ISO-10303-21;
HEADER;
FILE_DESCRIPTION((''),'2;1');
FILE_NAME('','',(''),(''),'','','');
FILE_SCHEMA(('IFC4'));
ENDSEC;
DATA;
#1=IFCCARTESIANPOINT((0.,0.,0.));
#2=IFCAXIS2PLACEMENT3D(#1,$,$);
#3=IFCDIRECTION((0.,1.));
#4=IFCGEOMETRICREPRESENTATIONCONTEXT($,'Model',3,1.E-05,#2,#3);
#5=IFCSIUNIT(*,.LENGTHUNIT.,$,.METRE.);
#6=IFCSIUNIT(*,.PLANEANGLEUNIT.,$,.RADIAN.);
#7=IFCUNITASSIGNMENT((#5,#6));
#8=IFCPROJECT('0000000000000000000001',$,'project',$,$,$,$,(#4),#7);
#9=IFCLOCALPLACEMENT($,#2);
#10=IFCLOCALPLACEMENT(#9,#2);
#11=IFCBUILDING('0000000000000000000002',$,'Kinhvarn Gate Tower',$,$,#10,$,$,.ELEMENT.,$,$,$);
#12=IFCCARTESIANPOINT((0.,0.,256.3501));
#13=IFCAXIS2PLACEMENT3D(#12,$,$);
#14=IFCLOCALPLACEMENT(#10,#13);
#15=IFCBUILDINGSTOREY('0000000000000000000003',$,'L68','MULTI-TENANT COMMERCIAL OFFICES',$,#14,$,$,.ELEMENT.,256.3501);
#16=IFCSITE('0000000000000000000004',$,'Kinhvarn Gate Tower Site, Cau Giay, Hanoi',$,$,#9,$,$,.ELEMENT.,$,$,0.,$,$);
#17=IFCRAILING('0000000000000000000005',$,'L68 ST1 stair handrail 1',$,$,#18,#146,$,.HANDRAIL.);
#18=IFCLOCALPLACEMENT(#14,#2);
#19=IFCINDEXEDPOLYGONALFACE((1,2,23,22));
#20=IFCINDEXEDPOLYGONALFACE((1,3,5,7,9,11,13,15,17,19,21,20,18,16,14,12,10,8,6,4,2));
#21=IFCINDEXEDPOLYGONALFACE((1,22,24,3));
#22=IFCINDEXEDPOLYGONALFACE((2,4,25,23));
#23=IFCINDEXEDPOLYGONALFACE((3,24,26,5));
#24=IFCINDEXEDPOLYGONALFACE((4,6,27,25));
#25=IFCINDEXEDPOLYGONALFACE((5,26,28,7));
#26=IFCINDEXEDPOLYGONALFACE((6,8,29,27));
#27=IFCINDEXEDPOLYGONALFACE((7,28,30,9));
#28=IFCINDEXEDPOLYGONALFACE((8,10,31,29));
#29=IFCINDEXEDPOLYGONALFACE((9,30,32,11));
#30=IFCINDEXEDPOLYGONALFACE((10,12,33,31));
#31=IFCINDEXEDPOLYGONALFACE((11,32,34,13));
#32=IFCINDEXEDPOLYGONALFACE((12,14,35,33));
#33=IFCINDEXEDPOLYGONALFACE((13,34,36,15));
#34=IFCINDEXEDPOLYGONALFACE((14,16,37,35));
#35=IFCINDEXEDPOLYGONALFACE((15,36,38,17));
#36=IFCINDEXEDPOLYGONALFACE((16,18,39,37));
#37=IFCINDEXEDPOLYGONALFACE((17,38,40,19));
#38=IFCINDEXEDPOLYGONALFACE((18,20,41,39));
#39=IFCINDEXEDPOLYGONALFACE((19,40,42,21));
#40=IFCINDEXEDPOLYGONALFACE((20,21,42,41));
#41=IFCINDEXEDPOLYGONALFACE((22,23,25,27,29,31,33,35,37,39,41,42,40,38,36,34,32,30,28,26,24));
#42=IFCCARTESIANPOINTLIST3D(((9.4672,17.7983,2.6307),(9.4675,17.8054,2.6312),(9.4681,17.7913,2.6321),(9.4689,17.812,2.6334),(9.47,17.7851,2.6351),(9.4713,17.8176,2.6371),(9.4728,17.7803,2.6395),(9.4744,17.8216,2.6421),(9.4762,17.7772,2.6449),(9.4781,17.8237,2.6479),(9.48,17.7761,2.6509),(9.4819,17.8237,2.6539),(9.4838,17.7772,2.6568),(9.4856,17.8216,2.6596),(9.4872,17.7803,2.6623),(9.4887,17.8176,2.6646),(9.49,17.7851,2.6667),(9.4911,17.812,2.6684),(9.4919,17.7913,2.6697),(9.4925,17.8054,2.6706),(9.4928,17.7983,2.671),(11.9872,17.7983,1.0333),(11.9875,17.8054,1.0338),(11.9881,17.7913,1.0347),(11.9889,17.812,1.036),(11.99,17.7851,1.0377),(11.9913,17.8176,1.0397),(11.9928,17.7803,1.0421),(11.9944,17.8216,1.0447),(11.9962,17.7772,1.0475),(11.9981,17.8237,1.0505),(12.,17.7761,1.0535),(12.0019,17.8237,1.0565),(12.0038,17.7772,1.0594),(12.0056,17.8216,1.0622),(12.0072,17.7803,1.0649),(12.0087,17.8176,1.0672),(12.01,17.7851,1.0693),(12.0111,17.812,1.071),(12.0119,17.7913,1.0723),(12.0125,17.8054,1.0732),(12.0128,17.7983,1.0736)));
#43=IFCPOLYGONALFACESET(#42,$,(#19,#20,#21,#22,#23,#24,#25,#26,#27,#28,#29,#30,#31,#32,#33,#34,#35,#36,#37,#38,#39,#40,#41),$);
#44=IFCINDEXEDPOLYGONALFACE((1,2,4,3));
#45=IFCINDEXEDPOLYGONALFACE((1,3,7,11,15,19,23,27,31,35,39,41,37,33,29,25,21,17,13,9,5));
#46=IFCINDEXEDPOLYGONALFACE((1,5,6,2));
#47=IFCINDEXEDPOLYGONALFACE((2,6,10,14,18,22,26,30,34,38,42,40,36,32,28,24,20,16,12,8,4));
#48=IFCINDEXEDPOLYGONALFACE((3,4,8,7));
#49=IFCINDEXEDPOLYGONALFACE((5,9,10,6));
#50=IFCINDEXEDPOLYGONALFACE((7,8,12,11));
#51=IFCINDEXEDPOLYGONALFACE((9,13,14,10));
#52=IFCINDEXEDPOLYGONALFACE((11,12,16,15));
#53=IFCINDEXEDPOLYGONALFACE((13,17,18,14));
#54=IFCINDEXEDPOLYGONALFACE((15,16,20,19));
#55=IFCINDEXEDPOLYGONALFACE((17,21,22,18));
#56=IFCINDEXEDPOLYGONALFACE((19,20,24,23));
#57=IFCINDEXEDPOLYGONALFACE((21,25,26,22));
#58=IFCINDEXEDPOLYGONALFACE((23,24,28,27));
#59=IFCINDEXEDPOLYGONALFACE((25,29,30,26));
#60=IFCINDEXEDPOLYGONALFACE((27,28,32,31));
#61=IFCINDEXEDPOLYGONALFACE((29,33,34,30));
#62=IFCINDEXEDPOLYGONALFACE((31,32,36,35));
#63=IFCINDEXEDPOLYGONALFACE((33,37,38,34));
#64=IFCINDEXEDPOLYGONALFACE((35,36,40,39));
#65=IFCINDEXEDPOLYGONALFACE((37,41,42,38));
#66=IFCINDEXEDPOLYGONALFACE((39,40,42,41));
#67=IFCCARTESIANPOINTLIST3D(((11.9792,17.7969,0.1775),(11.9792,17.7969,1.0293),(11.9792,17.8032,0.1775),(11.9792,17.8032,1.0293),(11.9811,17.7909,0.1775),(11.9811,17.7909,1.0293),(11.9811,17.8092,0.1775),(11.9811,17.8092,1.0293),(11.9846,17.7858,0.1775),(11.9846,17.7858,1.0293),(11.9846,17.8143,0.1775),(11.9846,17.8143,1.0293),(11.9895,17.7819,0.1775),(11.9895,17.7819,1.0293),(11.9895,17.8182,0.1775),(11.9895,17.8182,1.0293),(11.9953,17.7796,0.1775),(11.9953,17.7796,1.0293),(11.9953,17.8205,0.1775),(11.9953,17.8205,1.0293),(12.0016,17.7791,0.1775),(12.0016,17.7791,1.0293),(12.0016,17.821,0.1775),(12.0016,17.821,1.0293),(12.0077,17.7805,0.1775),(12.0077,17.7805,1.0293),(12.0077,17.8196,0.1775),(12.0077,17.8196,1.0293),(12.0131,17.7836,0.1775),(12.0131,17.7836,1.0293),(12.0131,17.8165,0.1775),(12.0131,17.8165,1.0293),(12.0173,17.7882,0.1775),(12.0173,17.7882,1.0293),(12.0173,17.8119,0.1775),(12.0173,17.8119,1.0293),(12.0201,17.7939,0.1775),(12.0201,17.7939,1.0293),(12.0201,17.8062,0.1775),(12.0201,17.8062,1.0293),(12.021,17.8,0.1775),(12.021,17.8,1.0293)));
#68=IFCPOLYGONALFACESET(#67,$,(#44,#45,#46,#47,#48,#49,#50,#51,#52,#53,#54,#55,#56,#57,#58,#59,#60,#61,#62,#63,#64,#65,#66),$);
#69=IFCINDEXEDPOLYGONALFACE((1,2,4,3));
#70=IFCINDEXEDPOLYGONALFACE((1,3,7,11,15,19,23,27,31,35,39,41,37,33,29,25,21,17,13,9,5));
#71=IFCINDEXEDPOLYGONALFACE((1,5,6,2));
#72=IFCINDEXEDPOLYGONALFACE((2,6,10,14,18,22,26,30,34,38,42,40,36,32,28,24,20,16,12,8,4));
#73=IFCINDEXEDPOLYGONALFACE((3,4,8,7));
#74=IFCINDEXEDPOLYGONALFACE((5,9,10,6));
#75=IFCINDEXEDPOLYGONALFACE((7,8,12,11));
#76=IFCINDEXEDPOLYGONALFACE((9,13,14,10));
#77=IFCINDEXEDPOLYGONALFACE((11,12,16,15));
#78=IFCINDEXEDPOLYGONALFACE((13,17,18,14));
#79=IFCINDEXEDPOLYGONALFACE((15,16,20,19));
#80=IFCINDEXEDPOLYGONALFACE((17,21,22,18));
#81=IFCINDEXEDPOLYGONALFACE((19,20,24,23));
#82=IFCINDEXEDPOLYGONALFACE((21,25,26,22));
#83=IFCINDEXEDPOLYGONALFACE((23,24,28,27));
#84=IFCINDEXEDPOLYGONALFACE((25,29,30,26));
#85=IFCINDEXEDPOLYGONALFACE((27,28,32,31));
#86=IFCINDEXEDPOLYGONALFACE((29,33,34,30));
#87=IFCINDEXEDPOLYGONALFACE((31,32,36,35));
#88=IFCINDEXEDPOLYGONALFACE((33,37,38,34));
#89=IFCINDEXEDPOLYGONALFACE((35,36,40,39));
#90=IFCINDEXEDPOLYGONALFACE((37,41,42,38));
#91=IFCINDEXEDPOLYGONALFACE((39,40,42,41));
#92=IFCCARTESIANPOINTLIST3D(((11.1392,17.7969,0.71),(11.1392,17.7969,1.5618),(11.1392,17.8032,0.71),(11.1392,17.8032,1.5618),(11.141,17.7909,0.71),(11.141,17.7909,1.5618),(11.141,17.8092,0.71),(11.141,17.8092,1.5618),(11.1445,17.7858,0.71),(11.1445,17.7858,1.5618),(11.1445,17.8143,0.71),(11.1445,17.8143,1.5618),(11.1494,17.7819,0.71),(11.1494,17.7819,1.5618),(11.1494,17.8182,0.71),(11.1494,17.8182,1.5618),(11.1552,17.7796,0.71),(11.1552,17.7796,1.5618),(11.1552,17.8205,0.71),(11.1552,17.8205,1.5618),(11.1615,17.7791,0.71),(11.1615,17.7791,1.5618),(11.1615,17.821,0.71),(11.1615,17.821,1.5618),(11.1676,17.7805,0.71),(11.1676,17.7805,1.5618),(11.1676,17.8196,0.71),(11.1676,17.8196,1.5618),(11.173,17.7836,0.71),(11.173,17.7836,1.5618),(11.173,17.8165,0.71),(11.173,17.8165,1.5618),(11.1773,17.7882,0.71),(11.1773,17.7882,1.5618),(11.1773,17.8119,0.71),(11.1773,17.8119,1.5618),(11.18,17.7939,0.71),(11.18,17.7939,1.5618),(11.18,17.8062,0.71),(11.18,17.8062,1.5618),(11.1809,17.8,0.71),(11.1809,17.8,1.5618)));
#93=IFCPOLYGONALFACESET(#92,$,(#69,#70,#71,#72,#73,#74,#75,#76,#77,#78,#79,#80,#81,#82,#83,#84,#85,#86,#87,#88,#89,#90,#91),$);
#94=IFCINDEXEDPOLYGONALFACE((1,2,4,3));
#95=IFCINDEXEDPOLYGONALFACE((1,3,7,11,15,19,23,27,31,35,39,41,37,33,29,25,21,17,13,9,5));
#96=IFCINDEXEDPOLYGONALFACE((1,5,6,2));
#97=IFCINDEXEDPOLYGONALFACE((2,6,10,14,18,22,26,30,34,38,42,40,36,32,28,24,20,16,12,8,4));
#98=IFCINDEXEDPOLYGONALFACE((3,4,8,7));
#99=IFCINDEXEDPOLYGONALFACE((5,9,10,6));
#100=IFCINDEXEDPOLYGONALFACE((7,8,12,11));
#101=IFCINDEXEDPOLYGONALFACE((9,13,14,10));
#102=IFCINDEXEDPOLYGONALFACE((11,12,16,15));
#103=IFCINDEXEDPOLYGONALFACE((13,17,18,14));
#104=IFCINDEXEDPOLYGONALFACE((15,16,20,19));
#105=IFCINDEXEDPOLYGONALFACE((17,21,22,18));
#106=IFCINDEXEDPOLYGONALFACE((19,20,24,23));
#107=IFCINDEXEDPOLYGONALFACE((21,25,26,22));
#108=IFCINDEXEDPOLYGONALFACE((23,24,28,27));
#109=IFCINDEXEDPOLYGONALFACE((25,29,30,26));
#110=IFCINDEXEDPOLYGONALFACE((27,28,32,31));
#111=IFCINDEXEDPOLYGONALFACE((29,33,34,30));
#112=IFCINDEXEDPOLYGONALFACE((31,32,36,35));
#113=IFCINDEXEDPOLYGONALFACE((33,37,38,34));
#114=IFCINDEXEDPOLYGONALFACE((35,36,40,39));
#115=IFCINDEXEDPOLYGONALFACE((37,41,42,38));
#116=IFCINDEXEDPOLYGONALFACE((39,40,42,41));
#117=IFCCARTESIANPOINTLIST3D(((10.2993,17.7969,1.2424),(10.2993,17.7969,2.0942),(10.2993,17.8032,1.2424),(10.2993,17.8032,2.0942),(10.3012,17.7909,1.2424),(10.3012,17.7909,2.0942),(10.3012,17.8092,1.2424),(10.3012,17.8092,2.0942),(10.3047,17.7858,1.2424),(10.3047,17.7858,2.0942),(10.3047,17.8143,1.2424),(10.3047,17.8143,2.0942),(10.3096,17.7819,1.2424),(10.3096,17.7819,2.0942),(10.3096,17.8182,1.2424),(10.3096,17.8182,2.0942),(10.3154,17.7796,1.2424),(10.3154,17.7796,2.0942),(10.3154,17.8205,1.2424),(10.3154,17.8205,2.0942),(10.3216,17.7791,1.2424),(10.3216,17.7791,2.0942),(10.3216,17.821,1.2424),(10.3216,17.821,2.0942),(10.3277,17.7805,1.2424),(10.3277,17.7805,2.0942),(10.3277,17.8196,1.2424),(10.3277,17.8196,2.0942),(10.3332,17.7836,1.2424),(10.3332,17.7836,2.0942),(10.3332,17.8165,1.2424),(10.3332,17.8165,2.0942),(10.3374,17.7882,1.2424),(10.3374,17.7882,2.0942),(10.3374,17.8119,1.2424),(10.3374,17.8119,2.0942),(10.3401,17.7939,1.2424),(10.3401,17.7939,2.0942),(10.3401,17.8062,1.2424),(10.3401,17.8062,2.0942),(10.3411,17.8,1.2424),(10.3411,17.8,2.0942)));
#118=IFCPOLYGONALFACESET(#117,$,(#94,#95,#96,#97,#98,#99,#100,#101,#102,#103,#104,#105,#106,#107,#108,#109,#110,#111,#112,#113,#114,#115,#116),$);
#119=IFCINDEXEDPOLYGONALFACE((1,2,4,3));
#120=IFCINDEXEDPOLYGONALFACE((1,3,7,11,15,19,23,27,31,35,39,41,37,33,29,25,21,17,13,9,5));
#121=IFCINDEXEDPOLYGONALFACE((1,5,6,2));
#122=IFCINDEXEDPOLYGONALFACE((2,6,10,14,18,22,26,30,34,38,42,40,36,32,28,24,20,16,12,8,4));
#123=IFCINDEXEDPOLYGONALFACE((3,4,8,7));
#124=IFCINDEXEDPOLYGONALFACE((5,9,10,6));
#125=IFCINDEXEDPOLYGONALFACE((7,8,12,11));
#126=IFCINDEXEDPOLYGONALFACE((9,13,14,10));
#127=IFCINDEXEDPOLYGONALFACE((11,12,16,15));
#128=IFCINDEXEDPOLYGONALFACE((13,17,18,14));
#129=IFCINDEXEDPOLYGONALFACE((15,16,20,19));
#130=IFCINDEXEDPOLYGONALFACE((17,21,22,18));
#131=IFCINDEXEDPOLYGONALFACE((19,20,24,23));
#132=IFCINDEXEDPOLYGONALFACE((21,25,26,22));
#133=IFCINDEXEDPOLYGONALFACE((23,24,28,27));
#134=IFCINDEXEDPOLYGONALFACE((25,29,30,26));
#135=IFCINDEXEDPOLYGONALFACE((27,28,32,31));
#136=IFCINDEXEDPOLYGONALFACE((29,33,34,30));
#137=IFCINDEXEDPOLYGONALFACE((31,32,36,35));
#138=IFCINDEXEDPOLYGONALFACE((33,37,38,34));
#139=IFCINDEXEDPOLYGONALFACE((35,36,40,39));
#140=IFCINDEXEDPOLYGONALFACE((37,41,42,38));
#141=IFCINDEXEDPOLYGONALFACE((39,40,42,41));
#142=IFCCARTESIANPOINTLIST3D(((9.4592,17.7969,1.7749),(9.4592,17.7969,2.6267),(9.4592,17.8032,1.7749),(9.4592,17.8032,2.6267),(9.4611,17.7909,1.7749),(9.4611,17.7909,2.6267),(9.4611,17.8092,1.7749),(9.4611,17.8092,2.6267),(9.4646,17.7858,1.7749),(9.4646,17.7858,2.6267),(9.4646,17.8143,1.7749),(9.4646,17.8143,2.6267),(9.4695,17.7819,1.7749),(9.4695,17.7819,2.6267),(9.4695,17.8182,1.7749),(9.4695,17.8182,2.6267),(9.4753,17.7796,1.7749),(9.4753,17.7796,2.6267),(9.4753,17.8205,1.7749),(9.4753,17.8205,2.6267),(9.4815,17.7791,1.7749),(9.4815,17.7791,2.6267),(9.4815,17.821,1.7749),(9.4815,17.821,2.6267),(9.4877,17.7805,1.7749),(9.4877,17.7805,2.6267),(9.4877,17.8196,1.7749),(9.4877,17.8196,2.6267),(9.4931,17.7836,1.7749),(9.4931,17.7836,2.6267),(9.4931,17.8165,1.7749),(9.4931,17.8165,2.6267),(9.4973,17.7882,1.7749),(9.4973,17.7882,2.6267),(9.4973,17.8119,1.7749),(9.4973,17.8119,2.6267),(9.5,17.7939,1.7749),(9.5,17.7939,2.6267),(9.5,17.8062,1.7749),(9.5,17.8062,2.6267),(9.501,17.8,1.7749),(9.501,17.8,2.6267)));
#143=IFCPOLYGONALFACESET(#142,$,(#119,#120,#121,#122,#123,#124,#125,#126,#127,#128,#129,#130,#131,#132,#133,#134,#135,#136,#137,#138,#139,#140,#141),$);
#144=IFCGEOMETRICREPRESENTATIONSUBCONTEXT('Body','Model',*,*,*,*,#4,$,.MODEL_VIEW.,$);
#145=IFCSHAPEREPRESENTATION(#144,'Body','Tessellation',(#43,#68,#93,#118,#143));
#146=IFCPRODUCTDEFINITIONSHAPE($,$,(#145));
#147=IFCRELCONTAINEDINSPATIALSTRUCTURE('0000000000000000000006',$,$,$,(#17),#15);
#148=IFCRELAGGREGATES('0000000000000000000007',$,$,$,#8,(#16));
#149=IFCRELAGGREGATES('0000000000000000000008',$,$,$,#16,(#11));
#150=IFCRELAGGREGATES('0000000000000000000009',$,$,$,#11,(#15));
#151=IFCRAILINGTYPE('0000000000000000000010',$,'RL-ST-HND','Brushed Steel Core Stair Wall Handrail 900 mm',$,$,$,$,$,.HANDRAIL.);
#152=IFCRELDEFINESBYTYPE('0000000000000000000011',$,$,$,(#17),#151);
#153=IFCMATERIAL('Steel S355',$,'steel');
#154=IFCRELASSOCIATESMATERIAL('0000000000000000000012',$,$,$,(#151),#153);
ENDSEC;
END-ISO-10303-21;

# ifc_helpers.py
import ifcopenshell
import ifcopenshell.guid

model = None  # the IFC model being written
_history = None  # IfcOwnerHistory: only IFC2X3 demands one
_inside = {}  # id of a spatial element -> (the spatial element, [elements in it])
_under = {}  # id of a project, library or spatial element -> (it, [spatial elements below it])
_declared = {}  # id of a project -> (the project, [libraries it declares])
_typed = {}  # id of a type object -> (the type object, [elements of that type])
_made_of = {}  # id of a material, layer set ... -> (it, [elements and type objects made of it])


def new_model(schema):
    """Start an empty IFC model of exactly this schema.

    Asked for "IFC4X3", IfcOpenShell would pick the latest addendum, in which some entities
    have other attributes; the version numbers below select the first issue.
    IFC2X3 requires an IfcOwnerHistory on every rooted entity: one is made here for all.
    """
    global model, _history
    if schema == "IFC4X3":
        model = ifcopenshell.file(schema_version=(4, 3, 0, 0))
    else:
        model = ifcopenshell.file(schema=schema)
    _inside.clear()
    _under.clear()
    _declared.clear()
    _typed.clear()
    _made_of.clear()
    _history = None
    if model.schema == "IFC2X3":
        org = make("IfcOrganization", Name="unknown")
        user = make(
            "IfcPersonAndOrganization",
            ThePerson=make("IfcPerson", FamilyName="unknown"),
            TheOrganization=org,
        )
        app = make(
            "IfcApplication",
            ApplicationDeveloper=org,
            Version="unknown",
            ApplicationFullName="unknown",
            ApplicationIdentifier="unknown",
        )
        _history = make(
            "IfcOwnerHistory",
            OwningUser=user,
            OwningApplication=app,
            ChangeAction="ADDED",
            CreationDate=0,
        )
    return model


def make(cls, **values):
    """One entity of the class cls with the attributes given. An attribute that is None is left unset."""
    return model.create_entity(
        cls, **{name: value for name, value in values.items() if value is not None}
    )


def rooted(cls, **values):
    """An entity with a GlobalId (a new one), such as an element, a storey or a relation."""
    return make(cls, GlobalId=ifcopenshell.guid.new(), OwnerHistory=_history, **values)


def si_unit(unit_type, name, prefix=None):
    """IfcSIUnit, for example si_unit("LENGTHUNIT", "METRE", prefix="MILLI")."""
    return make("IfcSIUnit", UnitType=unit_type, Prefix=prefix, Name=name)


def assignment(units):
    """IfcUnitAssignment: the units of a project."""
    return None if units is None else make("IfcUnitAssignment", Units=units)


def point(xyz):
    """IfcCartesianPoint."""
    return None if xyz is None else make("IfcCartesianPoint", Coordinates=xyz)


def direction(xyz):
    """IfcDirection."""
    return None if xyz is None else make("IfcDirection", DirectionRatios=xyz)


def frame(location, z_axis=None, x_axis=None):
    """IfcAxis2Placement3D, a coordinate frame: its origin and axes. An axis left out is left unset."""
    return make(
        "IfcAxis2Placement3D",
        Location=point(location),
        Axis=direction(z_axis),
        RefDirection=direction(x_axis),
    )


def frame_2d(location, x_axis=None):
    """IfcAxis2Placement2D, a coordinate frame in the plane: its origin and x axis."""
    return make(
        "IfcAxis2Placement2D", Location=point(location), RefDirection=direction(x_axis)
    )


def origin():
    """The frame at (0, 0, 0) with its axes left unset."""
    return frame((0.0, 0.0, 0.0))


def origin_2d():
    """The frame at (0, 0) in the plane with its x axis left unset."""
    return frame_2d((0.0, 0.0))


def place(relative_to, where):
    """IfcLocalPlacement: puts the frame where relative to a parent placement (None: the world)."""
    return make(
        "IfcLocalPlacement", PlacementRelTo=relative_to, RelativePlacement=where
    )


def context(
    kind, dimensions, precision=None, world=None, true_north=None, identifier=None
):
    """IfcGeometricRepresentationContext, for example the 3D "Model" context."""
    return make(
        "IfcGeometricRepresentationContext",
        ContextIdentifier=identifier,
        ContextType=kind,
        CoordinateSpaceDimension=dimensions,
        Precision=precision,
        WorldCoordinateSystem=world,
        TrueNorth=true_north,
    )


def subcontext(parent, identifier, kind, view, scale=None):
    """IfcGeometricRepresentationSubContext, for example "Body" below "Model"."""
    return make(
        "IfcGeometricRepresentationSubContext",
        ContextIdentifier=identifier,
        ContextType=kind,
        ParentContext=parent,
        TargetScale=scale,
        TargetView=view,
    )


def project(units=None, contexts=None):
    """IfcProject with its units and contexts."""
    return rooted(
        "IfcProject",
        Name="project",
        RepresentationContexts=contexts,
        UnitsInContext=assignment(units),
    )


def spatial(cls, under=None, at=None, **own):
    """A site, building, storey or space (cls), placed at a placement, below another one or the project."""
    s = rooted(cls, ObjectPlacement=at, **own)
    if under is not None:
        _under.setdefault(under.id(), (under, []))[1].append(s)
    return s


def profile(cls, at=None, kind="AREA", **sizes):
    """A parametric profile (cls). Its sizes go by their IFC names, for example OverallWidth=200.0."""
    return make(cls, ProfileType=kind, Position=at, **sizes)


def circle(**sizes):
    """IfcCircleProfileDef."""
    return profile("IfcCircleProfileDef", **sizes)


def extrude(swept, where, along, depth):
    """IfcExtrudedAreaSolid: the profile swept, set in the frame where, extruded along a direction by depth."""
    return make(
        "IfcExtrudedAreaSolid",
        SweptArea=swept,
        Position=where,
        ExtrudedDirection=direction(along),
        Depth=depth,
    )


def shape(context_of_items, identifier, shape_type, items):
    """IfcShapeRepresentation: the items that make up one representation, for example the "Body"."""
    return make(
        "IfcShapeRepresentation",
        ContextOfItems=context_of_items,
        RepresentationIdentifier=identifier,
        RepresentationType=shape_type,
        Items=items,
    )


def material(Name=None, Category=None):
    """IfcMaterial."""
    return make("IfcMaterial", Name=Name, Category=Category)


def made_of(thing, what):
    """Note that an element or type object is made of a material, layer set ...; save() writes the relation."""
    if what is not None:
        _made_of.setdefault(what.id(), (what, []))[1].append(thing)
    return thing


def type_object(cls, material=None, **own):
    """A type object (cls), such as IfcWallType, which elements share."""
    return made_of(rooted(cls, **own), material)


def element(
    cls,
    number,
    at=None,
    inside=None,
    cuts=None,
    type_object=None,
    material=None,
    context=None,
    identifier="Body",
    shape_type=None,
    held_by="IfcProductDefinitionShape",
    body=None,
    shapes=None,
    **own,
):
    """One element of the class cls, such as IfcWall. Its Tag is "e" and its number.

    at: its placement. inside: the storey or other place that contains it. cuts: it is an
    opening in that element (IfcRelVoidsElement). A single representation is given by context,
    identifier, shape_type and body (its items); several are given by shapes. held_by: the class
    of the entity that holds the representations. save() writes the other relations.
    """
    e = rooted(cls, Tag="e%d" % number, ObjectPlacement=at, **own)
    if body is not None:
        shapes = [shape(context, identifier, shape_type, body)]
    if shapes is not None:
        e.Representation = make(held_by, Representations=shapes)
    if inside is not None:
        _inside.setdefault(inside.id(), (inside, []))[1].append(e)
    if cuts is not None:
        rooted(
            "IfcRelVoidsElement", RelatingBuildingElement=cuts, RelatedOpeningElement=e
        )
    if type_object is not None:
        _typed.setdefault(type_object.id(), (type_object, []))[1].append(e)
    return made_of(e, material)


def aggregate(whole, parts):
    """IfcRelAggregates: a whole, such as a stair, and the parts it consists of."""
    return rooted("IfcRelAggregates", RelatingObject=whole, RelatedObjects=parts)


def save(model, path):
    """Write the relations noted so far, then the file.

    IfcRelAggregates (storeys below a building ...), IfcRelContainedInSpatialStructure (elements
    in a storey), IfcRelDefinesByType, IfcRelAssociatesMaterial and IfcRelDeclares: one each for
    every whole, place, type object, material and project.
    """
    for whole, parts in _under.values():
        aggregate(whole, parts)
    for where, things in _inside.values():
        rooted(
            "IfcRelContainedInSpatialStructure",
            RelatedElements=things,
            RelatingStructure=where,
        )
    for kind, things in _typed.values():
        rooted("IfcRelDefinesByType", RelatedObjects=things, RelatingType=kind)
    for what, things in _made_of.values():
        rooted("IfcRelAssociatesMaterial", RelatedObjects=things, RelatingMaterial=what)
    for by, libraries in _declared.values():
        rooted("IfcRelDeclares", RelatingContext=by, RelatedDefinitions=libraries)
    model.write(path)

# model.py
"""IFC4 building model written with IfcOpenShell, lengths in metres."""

from ifc_helpers import new_model, si_unit, direction, frame, origin, origin_2d, place, context, subcontext, project, spatial, circle, extrude, material, type_object, element, save


model = new_model("IFC4")

# Units and contexts
model_context = context("Model", 3, precision=1e-05, world=origin(), true_north=direction((0.0, 1.0)))
body_context = subcontext(model_context, "Body", "Model", "MODEL_VIEW")
ifc_project = project(units=[si_unit("LENGTHUNIT", "METRE"), si_unit("PLANEANGLEUNIT", "RADIAN")], contexts=[model_context])

# Site, building, storey
site_placement = place(None, origin())
site = spatial("IfcSite", under=ifc_project, at=site_placement, Name="Kinhvarn Gate Tower Site, Cau Giay, Hanoi", CompositionType="ELEMENT", RefElevation=0.0)
building_placement = place(site_placement, origin())
building = spatial("IfcBuilding", under=site, at=building_placement, Name="Kinhvarn Gate Tower", CompositionType="ELEMENT")
storey_placement = place(building_placement, frame((0.0, 0.0, 256.3501)))
storey = spatial("IfcBuildingStorey", under=building, at=storey_placement, Name="L68", Description="MULTI-TENANT COMMERCIAL OFFICES", CompositionType="ELEMENT", Elevation=256.3501)

# Shared definitions
ifc_material_1 = material(Name="Steel S355", Category="steel")

# Railing
railing_type_1 = type_object("IfcRailingType", Name="RL-ST-HND", Description="Brushed Steel Core Stair Wall Handrail 900 mm", PredefinedType="HANDRAIL", material=ifc_material_1)
railing_1_placement = place(storey_placement, frame((12.0, 17.8, 0.1775)))
element("IfcRailing", 1, at=railing_1_placement, inside=storey, type_object=railing_type_1, Name="L68 ST1 stair handrail 1", PredefinedType="HANDRAIL", context=body_context, shape_type="SweptSolid", body=[
    extrude(circle(Radius=0.0239, at=origin_2d()), frame((0.0, 0.0, 0.876), z_axis=(-0.844607, 0.0, 0.535387), x_axis=(0.0, -1.0, 0.0)), (0.0, 0.0, 1.0), 2.9836),
    extrude(circle(Radius=0.021, at=origin_2d()), origin(), (0.0, 0.0, 1.0), 0.8518),
    extrude(circle(Radius=0.021, at=origin_2d()), frame((-0.8401, 0.0, 0.5325)), (0.0, 0.0, 1.0), 0.8518),
    extrude(circle(Radius=0.021, at=origin_2d()), frame((-1.6799, 0.0, 1.0649)), (0.0, 0.0, 1.0), 0.8518),
    extrude(circle(Radius=0.021, at=origin_2d()), frame((-2.52, 0.0, 1.5974)), (0.0, 0.0, 1.0), 0.8518),
])

save(model, "model.ifc")
